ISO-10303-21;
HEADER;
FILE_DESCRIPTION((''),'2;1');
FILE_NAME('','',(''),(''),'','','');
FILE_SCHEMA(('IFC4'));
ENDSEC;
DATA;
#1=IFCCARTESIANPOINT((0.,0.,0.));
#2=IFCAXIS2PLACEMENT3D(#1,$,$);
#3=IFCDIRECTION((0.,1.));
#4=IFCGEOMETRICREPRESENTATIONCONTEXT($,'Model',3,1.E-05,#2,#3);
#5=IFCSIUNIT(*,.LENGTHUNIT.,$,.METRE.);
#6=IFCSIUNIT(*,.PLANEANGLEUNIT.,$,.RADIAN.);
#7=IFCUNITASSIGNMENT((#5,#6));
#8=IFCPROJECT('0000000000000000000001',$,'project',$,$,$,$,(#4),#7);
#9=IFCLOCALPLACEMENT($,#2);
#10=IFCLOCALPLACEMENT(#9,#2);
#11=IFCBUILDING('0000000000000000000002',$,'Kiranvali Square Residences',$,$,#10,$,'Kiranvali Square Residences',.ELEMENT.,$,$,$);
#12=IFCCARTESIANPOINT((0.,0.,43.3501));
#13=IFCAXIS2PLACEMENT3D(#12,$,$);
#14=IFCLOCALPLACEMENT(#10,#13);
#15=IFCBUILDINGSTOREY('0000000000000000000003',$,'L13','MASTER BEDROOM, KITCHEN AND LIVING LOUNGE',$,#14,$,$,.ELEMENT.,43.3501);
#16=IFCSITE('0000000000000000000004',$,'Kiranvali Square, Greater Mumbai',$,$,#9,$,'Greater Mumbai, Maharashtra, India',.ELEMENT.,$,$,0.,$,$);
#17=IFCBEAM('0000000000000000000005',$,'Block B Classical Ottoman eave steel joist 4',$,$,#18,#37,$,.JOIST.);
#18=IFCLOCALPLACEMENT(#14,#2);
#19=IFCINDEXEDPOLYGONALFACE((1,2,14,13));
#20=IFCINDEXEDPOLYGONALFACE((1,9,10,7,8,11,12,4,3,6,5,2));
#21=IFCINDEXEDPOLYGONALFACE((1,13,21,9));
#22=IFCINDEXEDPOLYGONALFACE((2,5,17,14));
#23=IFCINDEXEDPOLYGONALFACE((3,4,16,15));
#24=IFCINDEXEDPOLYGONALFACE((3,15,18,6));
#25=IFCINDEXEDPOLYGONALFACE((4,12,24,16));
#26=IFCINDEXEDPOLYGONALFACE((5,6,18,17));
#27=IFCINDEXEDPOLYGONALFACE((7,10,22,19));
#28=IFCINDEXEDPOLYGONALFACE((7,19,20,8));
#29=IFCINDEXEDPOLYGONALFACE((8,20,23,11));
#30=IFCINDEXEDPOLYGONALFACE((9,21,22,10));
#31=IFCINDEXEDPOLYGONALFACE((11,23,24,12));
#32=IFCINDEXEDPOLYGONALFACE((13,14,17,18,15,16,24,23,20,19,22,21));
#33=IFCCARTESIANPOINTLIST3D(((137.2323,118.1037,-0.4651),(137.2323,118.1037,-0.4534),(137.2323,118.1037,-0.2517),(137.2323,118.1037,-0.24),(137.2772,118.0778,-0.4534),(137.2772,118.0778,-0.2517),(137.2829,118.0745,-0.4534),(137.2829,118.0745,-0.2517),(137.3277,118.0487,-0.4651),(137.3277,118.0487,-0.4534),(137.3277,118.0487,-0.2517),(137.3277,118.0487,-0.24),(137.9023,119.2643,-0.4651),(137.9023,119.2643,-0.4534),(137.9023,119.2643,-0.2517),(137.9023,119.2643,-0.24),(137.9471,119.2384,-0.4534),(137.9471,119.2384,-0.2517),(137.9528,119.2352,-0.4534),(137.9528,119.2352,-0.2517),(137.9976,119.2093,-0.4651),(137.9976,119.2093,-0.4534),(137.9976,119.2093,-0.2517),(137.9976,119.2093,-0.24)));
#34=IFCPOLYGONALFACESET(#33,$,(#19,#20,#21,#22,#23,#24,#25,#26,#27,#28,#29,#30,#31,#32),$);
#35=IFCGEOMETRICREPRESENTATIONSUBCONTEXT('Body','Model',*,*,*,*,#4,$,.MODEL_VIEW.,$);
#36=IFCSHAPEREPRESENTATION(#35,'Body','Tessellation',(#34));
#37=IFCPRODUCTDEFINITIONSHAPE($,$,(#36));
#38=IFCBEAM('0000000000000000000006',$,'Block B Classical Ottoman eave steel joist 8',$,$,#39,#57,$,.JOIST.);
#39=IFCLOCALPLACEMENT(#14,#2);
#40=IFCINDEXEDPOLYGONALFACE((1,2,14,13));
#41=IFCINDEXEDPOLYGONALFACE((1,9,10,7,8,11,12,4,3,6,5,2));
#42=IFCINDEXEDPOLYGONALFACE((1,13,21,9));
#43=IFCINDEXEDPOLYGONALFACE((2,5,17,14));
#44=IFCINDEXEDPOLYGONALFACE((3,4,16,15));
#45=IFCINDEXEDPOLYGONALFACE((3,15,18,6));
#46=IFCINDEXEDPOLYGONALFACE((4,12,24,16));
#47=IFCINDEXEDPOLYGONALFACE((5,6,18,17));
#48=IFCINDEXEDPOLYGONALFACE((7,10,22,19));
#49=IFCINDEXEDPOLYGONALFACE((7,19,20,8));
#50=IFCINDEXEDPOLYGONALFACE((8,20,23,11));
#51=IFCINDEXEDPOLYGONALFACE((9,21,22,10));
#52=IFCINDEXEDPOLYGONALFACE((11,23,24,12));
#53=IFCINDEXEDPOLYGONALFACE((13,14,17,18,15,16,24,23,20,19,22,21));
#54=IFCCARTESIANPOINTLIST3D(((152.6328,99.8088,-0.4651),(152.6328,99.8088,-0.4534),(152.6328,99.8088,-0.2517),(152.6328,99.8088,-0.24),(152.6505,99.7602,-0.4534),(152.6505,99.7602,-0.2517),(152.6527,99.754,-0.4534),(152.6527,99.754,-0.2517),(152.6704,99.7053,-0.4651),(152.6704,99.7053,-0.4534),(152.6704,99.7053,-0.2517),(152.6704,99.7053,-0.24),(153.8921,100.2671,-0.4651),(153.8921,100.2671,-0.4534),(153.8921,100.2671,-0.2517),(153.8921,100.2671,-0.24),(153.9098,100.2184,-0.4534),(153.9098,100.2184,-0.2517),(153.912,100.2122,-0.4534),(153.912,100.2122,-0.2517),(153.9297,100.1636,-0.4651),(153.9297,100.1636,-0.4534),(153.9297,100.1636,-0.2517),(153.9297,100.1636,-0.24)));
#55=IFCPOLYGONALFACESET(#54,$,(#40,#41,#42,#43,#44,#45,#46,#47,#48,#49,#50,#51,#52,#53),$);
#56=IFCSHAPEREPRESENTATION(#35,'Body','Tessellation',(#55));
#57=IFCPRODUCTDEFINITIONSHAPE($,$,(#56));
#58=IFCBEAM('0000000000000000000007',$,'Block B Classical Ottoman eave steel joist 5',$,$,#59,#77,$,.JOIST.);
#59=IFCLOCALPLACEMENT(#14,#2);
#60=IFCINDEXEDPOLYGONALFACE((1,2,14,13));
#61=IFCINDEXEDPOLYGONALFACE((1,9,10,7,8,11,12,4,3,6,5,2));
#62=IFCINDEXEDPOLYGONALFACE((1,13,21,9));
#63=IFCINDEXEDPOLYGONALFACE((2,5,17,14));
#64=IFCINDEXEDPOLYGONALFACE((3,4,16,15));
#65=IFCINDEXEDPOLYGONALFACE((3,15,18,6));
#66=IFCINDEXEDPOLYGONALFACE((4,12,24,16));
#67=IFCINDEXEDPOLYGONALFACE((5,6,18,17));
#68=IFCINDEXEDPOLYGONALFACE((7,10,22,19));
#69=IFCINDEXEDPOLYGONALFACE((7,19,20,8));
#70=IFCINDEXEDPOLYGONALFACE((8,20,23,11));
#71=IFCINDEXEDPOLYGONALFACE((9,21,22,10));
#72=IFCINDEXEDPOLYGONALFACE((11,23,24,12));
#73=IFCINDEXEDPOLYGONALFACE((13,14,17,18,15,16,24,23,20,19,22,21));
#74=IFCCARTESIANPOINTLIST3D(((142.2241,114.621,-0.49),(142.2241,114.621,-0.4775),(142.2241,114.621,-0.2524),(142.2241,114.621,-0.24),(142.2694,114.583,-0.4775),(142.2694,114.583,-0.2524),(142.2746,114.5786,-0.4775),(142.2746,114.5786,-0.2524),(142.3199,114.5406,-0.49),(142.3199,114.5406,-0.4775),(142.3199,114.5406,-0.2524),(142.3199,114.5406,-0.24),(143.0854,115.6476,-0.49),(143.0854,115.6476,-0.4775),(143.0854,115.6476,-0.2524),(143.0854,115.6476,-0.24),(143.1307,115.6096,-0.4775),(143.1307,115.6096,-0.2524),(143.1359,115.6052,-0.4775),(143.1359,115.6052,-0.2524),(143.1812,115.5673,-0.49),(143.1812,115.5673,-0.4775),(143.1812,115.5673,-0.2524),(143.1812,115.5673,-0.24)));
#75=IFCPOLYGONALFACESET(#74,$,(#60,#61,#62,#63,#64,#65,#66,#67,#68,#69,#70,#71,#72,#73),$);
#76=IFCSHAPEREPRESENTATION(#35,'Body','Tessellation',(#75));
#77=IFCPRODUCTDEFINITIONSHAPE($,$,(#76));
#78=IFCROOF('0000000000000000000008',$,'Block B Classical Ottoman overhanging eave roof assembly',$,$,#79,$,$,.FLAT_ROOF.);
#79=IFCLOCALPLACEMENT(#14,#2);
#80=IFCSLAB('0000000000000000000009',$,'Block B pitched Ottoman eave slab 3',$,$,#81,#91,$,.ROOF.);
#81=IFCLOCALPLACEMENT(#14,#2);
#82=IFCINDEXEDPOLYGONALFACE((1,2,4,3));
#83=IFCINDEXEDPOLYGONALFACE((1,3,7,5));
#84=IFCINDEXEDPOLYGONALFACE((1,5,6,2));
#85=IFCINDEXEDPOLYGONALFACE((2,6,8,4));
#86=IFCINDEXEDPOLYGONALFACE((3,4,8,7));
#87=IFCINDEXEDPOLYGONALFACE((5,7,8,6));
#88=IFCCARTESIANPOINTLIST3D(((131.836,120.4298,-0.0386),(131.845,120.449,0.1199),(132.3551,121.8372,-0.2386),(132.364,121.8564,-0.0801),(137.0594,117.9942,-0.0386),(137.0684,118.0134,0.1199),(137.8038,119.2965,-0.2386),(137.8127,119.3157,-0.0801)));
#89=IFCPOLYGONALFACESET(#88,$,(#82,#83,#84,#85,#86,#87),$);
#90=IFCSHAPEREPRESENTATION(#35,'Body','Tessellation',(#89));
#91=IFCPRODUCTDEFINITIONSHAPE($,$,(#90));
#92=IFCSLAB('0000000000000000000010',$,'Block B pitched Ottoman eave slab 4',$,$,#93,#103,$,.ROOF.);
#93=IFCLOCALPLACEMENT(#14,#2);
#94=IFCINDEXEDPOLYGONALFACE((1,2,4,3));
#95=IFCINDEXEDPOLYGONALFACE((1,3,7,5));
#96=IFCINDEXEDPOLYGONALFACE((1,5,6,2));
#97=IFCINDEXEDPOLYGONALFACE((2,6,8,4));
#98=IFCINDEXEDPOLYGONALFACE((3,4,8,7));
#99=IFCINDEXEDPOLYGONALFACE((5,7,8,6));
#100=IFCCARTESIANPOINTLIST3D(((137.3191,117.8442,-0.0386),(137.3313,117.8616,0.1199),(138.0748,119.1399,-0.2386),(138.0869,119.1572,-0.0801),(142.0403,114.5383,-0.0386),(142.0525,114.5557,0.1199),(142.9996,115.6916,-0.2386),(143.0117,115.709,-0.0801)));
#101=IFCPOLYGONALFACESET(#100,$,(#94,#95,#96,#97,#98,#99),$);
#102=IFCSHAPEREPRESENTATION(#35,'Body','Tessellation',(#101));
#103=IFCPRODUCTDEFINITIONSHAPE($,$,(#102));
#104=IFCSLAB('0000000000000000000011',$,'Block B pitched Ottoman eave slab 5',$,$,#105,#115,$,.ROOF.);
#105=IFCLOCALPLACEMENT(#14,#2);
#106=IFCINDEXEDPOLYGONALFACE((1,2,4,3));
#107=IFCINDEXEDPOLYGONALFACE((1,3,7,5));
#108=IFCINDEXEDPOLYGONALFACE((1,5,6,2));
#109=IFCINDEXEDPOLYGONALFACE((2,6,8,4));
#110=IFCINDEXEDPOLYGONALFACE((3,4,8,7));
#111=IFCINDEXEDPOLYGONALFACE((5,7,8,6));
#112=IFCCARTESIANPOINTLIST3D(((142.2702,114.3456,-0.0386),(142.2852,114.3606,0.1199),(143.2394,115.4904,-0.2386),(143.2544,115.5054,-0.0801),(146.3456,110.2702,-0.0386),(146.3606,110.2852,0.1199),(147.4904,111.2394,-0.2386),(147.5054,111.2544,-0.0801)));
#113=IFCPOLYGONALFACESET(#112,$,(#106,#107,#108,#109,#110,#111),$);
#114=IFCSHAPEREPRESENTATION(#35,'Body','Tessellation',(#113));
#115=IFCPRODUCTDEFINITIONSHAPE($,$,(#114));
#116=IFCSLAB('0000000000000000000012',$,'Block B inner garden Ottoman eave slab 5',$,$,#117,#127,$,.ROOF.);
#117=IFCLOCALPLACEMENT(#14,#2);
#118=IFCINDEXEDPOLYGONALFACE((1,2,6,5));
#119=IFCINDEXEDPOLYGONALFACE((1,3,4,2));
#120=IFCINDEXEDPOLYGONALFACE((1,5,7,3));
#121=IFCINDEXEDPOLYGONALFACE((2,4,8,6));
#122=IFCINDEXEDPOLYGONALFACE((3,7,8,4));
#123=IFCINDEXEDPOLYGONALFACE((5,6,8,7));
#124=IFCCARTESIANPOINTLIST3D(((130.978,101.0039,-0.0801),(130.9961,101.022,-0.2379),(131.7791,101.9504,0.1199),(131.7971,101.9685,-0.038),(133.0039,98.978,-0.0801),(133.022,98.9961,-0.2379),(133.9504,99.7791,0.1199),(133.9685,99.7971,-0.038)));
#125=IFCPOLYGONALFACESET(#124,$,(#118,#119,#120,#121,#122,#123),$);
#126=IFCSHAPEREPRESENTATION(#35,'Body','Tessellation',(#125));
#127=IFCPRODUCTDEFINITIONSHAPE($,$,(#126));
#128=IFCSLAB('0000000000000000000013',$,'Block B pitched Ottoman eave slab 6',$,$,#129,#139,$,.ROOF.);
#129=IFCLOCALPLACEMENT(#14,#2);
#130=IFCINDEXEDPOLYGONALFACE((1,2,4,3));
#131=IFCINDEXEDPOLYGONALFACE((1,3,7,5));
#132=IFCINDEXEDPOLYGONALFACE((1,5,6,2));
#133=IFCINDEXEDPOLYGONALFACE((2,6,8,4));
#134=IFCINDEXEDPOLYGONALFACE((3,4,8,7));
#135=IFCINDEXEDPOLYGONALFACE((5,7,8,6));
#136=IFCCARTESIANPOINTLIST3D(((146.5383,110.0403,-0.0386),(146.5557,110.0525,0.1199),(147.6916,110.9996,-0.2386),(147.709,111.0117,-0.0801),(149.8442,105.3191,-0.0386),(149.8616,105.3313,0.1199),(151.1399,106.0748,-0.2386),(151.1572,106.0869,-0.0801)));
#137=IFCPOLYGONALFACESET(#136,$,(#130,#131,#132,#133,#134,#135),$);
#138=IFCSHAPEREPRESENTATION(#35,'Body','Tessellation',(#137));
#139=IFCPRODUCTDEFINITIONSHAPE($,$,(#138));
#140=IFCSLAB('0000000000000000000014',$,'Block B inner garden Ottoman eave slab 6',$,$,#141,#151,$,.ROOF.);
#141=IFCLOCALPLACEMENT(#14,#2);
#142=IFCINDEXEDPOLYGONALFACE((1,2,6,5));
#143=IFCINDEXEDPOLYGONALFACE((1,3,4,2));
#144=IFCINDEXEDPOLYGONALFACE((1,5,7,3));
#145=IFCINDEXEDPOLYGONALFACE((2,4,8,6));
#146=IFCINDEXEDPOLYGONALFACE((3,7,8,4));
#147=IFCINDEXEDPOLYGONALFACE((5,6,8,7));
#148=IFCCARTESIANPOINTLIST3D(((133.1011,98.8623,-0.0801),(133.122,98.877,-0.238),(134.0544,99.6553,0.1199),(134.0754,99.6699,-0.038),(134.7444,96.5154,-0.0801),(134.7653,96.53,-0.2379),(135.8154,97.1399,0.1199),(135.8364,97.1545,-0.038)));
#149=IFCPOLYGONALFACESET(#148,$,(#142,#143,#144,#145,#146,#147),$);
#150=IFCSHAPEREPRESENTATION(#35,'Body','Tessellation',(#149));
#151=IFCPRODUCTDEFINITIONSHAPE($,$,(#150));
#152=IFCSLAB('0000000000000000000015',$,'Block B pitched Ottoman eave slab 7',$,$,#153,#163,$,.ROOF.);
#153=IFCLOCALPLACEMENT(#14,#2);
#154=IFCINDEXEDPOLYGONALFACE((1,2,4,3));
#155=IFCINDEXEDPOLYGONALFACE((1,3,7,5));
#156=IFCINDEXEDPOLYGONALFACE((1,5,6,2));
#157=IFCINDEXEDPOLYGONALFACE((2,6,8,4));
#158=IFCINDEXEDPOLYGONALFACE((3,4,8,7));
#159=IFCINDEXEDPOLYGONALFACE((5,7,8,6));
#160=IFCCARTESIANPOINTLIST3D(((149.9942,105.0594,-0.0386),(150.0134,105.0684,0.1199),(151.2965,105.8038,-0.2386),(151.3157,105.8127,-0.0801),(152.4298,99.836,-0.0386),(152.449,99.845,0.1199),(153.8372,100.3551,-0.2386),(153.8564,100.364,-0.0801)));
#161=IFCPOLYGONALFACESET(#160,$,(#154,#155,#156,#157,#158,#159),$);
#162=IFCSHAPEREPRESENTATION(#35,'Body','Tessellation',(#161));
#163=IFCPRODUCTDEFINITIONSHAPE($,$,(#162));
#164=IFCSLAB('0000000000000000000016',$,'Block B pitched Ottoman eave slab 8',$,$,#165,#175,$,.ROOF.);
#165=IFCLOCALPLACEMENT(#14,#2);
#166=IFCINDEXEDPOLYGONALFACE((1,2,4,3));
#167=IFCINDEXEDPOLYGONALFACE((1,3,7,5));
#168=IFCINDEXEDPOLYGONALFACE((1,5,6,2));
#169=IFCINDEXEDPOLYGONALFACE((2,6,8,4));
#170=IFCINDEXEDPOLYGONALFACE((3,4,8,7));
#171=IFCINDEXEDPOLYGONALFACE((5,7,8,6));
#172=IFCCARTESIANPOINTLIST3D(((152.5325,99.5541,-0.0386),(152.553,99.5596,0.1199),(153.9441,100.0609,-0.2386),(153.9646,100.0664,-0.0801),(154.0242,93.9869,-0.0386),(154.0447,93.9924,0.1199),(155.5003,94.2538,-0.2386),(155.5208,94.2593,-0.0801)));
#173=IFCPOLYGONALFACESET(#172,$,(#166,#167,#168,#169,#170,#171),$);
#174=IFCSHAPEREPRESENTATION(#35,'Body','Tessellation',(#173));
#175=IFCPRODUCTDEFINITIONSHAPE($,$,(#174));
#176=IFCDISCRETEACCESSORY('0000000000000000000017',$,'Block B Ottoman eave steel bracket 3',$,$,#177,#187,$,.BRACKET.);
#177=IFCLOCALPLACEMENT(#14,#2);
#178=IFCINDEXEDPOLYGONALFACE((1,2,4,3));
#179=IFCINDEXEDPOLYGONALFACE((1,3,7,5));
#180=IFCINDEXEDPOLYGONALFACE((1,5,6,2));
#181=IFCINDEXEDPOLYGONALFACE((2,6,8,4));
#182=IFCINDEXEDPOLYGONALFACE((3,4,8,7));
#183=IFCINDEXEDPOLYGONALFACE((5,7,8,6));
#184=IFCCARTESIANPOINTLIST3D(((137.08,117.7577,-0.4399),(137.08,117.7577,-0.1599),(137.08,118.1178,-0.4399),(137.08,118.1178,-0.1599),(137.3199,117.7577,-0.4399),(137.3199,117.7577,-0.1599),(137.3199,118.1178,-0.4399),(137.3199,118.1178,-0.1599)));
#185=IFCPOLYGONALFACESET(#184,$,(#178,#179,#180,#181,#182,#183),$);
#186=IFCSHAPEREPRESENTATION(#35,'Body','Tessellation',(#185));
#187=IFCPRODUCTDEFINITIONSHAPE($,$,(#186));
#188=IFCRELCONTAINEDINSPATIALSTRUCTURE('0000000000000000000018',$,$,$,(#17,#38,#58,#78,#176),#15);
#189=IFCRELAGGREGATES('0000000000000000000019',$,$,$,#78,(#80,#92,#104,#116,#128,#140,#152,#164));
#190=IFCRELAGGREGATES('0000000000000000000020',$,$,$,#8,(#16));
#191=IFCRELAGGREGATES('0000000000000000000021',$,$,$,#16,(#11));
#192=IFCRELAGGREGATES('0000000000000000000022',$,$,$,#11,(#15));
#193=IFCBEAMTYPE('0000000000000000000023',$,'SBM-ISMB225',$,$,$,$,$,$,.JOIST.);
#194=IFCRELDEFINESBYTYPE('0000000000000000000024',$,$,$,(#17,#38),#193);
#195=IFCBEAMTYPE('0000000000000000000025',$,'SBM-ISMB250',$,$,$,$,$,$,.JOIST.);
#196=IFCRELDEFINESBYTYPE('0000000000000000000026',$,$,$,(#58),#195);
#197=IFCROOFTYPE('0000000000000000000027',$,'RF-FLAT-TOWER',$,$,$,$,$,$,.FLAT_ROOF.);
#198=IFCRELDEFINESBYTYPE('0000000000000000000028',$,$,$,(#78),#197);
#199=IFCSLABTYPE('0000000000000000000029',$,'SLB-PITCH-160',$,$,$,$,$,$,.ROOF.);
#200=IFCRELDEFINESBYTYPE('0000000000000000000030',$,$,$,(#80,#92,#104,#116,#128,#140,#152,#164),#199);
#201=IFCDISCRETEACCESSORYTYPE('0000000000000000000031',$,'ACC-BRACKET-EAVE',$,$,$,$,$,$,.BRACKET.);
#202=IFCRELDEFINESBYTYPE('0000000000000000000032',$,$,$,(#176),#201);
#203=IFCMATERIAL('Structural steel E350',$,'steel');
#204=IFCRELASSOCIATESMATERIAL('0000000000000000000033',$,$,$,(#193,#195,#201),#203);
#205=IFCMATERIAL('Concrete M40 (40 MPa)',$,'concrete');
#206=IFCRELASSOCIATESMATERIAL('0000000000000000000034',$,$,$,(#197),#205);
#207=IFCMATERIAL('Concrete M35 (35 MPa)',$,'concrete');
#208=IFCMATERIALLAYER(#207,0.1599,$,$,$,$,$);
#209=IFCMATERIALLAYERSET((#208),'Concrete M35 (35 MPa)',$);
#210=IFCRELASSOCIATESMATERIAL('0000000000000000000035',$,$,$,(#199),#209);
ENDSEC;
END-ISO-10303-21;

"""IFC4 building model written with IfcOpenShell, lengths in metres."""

from ifc_helpers import new_model, si_unit, direction, frame, origin, origin_2d, place, context, subcontext, project, spatial, polyline, rectangle, i_section, outline, extrude, material, layer, layer_set, material_profile, profile_set, type_object, element, aggregate, save


model = new_model("IFC4")

# Units and contexts
model_context = context("Model", 3, precision=1e-05, world=origin(), true_north=direction((0.0, 1.0)))
body_context = subcontext(model_context, "Body", "Model", "MODEL_VIEW")
ifc_project = project(units=[si_unit("LENGTHUNIT", "METRE"), si_unit("PLANEANGLEUNIT", "RADIAN")], contexts=[model_context])

# Site, building, storey
site_placement = place(None, origin())
site = spatial("IfcSite", under=ifc_project, at=site_placement, Name="Kiranvali Square, Greater Mumbai", LongName="Greater Mumbai, Maharashtra, India", CompositionType="ELEMENT", RefElevation=0.0)
building_placement = place(site_placement, origin())
building = spatial("IfcBuilding", under=site, at=building_placement, Name="Kiranvali Square Residences", LongName="Kiranvali Square Residences", CompositionType="ELEMENT")
storey_placement = place(building_placement, frame((0.0, 0.0, 43.3501)))
storey = spatial("IfcBuildingStorey", under=building, at=storey_placement, Name="L13", Description="MASTER BEDROOM, KITCHEN AND LIVING LOUNGE", CompositionType="ELEMENT", Elevation=43.3501)

# Shared definitions
ifc_material_1 = material(Name="Structural steel E350", Category="steel")

# Beams
ifc_material_profile_1 = material_profile(ifc_material_1, i_section(OverallWidth=0.1101, OverallDepth=0.2251, WebThickness=0.0066, FlangeThickness=0.0117, at=origin_2d()), Name="ISMB 225")
ifc_profile_set_1 = profile_set([ifc_material_profile_1], Name="Structural steel E350")
beam_type_1 = type_object("IfcBeamType", Name="SBM-ISMB225", PredefinedType="JOIST", material=ifc_profile_set_1)
for number, where, z_axis, x_axis, name in (
    (1, (137.28, 118.0762, -0.3525), (0.499901, 0.866082, 0.0), (-0.866082, 0.499901, 0.0), "Block B Classical Ottoman eave steel joist 4"),
    (2, (152.6516, 99.7571, -0.3525), (0.939714, 0.341962, 0.0), (-0.341962, 0.939714, 0.0), "Block B Classical Ottoman eave steel joist 8"),
):
    element("IfcBeam", number, at=place(storey_placement, frame(where, z_axis=z_axis, x_axis=x_axis)), inside=storey, type_object=beam_type_1, Name=name, PredefinedType="JOIST", context=body_context, shape_type="SweptSolid", body=[
        extrude(i_section(OverallWidth=0.1101, OverallDepth=0.2251, WebThickness=0.0066, FlangeThickness=0.0117, at=origin_2d()), origin(), (0.0, 0.0, 1.0), 1.3401),
    ])
ifc_material_profile_2 = material_profile(ifc_material_1, i_section(OverallWidth=0.125, OverallDepth=0.25, WebThickness=0.0068, FlangeThickness=0.0125, at=origin_2d()), Name="ISMB 250")
ifc_profile_set_2 = profile_set([ifc_material_profile_2], Name="Structural steel E350")
beam_type_2 = type_object("IfcBeamType", Name="SBM-ISMB250", PredefinedType="JOIST", material=ifc_profile_set_2)
beam_1_placement = place(storey_placement, frame((142.272, 114.5808, -0.365), z_axis=(0.642743, 0.766082, 0.0), x_axis=(-0.766082, 0.642743, 0.0)))
element("IfcBeam", 3, at=beam_1_placement, inside=storey, type_object=beam_type_2, Name="Block B Classical Ottoman eave steel joist 5", PredefinedType="JOIST", context=body_context, shape_type="SweptSolid", body=[
    extrude(i_section(OverallWidth=0.125, OverallDepth=0.25, WebThickness=0.0068, FlangeThickness=0.0125, at=origin_2d()), origin(), (0.0, 0.0, 1.0), 1.3401),
])

# Roof, slabs
ifc_material_2 = material(Name="Concrete M40 (40 MPa)", Category="concrete")
roof_type = type_object("IfcRoofType", Name="RF-FLAT-TOWER", PredefinedType="FLAT_ROOF", material=ifc_material_2)
roof_placement = place(storey_placement, origin())
roof = element("IfcRoof", 4, at=roof_placement, inside=storey, type_object=roof_type, Name="Block B Classical Ottoman overhanging eave roof assembly", PredefinedType="FLAT_ROOF")
ifc_material_3 = material(Name="Concrete M35 (35 MPa)", Category="concrete")
ifc_layer = layer(ifc_material_3, 0.1599)
ifc_layer_set = layer_set([ifc_layer], Name="Concrete M35 (35 MPa)")
slab_type = type_object("IfcSlabType", Name="SLB-PITCH-160", PredefinedType="ROOF", material=ifc_layer_set)
slab_1_placement = place(storey_placement, frame((131.845, 120.449, 0.1199), z_axis=(0.056027, 0.120155, 0.991173), x_axis=(0.906318, -0.422596, -0.000002)))
slab_1 = element("IfcSlab", 5, at=slab_1_placement, type_object=slab_type, Name="Block B pitched Ottoman eave slab 3", PredefinedType="ROOF", context=body_context, shape_type="SweptSolid", body=[
    extrude(outline(polyline([(0.0, 0.0), (5.7633, 0.0), (5.8876, 1.5081), (-0.1244, 1.5083), (0.0, 0.0)])), origin(), (0.0, 0.0, -1.0), 0.1599),
])
slab_2_placement = place(storey_placement, frame((137.3313, 117.8616, 0.1199), z_axis=(0.076045, 0.108604, 0.991172), x_axis=(0.819145, -0.573587, 0.000002)))
slab_2 = element("IfcSlab", 6, at=slab_2_placement, type_object=slab_type, Name="Block B pitched Ottoman eave slab 4", PredefinedType="ROOF", context=body_context, shape_type="SweptSolid", body=[
    extrude(outline(polyline([(0.0, 0.0), (5.7636, 0.0), (5.8878, 1.5082), (-0.1242, 1.5081), (0.0, 0.0)])), origin(), (0.0, 0.0, -1.0), 0.1599),
])
slab_3_placement = place(storey_placement, frame((142.2852, 114.3606, 0.1199), z_axis=(0.093749, 0.093749, 0.991172), x_axis=(0.707107, -0.707107, 0.0)))
slab_3 = element("IfcSlab", 7, at=slab_3_placement, type_object=slab_type, Name="Block B pitched Ottoman eave slab 5", PredefinedType="ROOF", context=body_context, shape_type="SweptSolid", body=[
    extrude(outline(polyline([(0.0, 0.0), (5.7635, 0.0), (5.8877, 1.5081), (-0.1241, 1.5081), (0.0, 0.0)])), origin(), (0.0, 0.0, -1.0), 0.1599),
])
slab_4_placement = place(storey_placement, frame((131.7791, 101.9504, 0.1199), z_axis=(-0.112948, -0.112948, 0.98716), x_axis=(0.707107, -0.707107, 0.0)))
slab_4 = element("IfcSlab", 8, at=slab_4_placement, type_object=slab_type, Name="Block B inner garden Ottoman eave slab 5", PredefinedType="ROOF", context=body_context, shape_type="SweptSolid", body=[
    extrude(outline(polyline([(0.0, 0.0), (3.0708, 0.0), (2.9679, -1.2518), (0.1029, -1.2518), (0.0, 0.0)])), origin(), (0.0, 0.0, -1.0), 0.1599),
])
slab_5_placement = place(storey_placement, frame((146.5557, 110.0525, 0.1199), z_axis=(0.108604, 0.076045, 0.991172), x_axis=(0.573587, -0.819145, -0.000002)))
slab_5 = element("IfcSlab", 9, at=slab_5_placement, type_object=slab_type, Name="Block B pitched Ottoman eave slab 6", PredefinedType="ROOF", context=body_context, shape_type="SweptSolid", body=[
    extrude(outline(polyline([(0.0, 0.0), (5.7636, 0.0), (5.8878, 1.5081), (-0.1242, 1.5082), (0.0, 0.0)])), origin(), (0.0, 0.0, -1.0), 0.1599),
])
slab_6_placement = place(storey_placement, frame((134.0544, 99.6553, 0.1199), z_axis=(-0.130854, -0.091616, 0.987159), x_axis=(0.573511, -0.819198, -0.000006)))
slab_6 = element("IfcSlab", 10, at=slab_6_placement, type_object=slab_type, Name="Block B inner garden Ottoman eave slab 6", PredefinedType="ROOF", context=body_context, shape_type="SweptSolid", body=[
    extrude(outline(polyline([(0.0, 0.0), (3.0705, 0.0), (2.9679, -1.2516), (0.1028, -1.2518), (0.0, 0.0)])), origin(), (0.0, 0.0, -1.0), 0.1599),
])
slab_7_placement = place(storey_placement, frame((150.0134, 105.0684, 0.1199), z_axis=(0.120155, 0.056027, 0.991173), x_axis=(0.422596, -0.906318, 0.000002)))
slab_7 = element("IfcSlab", 11, at=slab_7_placement, type_object=slab_type, Name="Block B pitched Ottoman eave slab 7", PredefinedType="ROOF", context=body_context, shape_type="SweptSolid", body=[
    extrude(outline(polyline([(0.0, 0.0), (5.7633, 0.0), (5.8877, 1.5083), (-0.1243, 1.5081), (0.0, 0.0)])), origin(), (0.0, 0.0, -1.0), 0.1599),
])
slab_8_placement = place(storey_placement, frame((152.553, 99.5596, 0.1199), z_axis=(0.128068, 0.034317, 0.991171), x_axis=(0.258817, -0.965926, 0.000002)))
slab_8 = element("IfcSlab", 12, at=slab_8_placement, type_object=slab_type, Name="Block B pitched Ottoman eave slab 8", PredefinedType="ROOF", context=body_context, shape_type="SweptSolid", body=[
    extrude(outline(polyline([(0.0, 0.0), (5.7635, 0.0), (5.8878, 1.5082), (-0.1242, 1.508), (0.0, 0.0)])), origin(), (0.0, 0.0, -1.0), 0.1599),
])
aggregate(roof, [slab_1, slab_2, slab_3, slab_4, slab_5, slab_6, slab_7, slab_8])

# Discrete accessory
discrete_accessory_type = type_object("IfcDiscreteAccessoryType", Name="ACC-BRACKET-EAVE", PredefinedType="BRACKET", material=ifc_material_1)
for number, where, z_axis, x_axis, name in (
    (13, (137.2, 117.9377, -0.4399), (0.0, 0.0, 1.0), (1.0, 0.0, 0.0), "Block B Ottoman eave steel bracket 3"),
):
    element("IfcDiscreteAccessory", number, at=place(storey_placement, frame(where, z_axis=z_axis, x_axis=x_axis)), inside=storey, type_object=discrete_accessory_type, Name=name, PredefinedType="BRACKET", context=body_context, shape_type="SweptSolid", body=[
        extrude(rectangle(XDim=0.24, YDim=0.3601, at=origin_2d()), origin(), (0.0, 0.0, 1.0), 0.28),
    ])

save(model, "model.ifc")
